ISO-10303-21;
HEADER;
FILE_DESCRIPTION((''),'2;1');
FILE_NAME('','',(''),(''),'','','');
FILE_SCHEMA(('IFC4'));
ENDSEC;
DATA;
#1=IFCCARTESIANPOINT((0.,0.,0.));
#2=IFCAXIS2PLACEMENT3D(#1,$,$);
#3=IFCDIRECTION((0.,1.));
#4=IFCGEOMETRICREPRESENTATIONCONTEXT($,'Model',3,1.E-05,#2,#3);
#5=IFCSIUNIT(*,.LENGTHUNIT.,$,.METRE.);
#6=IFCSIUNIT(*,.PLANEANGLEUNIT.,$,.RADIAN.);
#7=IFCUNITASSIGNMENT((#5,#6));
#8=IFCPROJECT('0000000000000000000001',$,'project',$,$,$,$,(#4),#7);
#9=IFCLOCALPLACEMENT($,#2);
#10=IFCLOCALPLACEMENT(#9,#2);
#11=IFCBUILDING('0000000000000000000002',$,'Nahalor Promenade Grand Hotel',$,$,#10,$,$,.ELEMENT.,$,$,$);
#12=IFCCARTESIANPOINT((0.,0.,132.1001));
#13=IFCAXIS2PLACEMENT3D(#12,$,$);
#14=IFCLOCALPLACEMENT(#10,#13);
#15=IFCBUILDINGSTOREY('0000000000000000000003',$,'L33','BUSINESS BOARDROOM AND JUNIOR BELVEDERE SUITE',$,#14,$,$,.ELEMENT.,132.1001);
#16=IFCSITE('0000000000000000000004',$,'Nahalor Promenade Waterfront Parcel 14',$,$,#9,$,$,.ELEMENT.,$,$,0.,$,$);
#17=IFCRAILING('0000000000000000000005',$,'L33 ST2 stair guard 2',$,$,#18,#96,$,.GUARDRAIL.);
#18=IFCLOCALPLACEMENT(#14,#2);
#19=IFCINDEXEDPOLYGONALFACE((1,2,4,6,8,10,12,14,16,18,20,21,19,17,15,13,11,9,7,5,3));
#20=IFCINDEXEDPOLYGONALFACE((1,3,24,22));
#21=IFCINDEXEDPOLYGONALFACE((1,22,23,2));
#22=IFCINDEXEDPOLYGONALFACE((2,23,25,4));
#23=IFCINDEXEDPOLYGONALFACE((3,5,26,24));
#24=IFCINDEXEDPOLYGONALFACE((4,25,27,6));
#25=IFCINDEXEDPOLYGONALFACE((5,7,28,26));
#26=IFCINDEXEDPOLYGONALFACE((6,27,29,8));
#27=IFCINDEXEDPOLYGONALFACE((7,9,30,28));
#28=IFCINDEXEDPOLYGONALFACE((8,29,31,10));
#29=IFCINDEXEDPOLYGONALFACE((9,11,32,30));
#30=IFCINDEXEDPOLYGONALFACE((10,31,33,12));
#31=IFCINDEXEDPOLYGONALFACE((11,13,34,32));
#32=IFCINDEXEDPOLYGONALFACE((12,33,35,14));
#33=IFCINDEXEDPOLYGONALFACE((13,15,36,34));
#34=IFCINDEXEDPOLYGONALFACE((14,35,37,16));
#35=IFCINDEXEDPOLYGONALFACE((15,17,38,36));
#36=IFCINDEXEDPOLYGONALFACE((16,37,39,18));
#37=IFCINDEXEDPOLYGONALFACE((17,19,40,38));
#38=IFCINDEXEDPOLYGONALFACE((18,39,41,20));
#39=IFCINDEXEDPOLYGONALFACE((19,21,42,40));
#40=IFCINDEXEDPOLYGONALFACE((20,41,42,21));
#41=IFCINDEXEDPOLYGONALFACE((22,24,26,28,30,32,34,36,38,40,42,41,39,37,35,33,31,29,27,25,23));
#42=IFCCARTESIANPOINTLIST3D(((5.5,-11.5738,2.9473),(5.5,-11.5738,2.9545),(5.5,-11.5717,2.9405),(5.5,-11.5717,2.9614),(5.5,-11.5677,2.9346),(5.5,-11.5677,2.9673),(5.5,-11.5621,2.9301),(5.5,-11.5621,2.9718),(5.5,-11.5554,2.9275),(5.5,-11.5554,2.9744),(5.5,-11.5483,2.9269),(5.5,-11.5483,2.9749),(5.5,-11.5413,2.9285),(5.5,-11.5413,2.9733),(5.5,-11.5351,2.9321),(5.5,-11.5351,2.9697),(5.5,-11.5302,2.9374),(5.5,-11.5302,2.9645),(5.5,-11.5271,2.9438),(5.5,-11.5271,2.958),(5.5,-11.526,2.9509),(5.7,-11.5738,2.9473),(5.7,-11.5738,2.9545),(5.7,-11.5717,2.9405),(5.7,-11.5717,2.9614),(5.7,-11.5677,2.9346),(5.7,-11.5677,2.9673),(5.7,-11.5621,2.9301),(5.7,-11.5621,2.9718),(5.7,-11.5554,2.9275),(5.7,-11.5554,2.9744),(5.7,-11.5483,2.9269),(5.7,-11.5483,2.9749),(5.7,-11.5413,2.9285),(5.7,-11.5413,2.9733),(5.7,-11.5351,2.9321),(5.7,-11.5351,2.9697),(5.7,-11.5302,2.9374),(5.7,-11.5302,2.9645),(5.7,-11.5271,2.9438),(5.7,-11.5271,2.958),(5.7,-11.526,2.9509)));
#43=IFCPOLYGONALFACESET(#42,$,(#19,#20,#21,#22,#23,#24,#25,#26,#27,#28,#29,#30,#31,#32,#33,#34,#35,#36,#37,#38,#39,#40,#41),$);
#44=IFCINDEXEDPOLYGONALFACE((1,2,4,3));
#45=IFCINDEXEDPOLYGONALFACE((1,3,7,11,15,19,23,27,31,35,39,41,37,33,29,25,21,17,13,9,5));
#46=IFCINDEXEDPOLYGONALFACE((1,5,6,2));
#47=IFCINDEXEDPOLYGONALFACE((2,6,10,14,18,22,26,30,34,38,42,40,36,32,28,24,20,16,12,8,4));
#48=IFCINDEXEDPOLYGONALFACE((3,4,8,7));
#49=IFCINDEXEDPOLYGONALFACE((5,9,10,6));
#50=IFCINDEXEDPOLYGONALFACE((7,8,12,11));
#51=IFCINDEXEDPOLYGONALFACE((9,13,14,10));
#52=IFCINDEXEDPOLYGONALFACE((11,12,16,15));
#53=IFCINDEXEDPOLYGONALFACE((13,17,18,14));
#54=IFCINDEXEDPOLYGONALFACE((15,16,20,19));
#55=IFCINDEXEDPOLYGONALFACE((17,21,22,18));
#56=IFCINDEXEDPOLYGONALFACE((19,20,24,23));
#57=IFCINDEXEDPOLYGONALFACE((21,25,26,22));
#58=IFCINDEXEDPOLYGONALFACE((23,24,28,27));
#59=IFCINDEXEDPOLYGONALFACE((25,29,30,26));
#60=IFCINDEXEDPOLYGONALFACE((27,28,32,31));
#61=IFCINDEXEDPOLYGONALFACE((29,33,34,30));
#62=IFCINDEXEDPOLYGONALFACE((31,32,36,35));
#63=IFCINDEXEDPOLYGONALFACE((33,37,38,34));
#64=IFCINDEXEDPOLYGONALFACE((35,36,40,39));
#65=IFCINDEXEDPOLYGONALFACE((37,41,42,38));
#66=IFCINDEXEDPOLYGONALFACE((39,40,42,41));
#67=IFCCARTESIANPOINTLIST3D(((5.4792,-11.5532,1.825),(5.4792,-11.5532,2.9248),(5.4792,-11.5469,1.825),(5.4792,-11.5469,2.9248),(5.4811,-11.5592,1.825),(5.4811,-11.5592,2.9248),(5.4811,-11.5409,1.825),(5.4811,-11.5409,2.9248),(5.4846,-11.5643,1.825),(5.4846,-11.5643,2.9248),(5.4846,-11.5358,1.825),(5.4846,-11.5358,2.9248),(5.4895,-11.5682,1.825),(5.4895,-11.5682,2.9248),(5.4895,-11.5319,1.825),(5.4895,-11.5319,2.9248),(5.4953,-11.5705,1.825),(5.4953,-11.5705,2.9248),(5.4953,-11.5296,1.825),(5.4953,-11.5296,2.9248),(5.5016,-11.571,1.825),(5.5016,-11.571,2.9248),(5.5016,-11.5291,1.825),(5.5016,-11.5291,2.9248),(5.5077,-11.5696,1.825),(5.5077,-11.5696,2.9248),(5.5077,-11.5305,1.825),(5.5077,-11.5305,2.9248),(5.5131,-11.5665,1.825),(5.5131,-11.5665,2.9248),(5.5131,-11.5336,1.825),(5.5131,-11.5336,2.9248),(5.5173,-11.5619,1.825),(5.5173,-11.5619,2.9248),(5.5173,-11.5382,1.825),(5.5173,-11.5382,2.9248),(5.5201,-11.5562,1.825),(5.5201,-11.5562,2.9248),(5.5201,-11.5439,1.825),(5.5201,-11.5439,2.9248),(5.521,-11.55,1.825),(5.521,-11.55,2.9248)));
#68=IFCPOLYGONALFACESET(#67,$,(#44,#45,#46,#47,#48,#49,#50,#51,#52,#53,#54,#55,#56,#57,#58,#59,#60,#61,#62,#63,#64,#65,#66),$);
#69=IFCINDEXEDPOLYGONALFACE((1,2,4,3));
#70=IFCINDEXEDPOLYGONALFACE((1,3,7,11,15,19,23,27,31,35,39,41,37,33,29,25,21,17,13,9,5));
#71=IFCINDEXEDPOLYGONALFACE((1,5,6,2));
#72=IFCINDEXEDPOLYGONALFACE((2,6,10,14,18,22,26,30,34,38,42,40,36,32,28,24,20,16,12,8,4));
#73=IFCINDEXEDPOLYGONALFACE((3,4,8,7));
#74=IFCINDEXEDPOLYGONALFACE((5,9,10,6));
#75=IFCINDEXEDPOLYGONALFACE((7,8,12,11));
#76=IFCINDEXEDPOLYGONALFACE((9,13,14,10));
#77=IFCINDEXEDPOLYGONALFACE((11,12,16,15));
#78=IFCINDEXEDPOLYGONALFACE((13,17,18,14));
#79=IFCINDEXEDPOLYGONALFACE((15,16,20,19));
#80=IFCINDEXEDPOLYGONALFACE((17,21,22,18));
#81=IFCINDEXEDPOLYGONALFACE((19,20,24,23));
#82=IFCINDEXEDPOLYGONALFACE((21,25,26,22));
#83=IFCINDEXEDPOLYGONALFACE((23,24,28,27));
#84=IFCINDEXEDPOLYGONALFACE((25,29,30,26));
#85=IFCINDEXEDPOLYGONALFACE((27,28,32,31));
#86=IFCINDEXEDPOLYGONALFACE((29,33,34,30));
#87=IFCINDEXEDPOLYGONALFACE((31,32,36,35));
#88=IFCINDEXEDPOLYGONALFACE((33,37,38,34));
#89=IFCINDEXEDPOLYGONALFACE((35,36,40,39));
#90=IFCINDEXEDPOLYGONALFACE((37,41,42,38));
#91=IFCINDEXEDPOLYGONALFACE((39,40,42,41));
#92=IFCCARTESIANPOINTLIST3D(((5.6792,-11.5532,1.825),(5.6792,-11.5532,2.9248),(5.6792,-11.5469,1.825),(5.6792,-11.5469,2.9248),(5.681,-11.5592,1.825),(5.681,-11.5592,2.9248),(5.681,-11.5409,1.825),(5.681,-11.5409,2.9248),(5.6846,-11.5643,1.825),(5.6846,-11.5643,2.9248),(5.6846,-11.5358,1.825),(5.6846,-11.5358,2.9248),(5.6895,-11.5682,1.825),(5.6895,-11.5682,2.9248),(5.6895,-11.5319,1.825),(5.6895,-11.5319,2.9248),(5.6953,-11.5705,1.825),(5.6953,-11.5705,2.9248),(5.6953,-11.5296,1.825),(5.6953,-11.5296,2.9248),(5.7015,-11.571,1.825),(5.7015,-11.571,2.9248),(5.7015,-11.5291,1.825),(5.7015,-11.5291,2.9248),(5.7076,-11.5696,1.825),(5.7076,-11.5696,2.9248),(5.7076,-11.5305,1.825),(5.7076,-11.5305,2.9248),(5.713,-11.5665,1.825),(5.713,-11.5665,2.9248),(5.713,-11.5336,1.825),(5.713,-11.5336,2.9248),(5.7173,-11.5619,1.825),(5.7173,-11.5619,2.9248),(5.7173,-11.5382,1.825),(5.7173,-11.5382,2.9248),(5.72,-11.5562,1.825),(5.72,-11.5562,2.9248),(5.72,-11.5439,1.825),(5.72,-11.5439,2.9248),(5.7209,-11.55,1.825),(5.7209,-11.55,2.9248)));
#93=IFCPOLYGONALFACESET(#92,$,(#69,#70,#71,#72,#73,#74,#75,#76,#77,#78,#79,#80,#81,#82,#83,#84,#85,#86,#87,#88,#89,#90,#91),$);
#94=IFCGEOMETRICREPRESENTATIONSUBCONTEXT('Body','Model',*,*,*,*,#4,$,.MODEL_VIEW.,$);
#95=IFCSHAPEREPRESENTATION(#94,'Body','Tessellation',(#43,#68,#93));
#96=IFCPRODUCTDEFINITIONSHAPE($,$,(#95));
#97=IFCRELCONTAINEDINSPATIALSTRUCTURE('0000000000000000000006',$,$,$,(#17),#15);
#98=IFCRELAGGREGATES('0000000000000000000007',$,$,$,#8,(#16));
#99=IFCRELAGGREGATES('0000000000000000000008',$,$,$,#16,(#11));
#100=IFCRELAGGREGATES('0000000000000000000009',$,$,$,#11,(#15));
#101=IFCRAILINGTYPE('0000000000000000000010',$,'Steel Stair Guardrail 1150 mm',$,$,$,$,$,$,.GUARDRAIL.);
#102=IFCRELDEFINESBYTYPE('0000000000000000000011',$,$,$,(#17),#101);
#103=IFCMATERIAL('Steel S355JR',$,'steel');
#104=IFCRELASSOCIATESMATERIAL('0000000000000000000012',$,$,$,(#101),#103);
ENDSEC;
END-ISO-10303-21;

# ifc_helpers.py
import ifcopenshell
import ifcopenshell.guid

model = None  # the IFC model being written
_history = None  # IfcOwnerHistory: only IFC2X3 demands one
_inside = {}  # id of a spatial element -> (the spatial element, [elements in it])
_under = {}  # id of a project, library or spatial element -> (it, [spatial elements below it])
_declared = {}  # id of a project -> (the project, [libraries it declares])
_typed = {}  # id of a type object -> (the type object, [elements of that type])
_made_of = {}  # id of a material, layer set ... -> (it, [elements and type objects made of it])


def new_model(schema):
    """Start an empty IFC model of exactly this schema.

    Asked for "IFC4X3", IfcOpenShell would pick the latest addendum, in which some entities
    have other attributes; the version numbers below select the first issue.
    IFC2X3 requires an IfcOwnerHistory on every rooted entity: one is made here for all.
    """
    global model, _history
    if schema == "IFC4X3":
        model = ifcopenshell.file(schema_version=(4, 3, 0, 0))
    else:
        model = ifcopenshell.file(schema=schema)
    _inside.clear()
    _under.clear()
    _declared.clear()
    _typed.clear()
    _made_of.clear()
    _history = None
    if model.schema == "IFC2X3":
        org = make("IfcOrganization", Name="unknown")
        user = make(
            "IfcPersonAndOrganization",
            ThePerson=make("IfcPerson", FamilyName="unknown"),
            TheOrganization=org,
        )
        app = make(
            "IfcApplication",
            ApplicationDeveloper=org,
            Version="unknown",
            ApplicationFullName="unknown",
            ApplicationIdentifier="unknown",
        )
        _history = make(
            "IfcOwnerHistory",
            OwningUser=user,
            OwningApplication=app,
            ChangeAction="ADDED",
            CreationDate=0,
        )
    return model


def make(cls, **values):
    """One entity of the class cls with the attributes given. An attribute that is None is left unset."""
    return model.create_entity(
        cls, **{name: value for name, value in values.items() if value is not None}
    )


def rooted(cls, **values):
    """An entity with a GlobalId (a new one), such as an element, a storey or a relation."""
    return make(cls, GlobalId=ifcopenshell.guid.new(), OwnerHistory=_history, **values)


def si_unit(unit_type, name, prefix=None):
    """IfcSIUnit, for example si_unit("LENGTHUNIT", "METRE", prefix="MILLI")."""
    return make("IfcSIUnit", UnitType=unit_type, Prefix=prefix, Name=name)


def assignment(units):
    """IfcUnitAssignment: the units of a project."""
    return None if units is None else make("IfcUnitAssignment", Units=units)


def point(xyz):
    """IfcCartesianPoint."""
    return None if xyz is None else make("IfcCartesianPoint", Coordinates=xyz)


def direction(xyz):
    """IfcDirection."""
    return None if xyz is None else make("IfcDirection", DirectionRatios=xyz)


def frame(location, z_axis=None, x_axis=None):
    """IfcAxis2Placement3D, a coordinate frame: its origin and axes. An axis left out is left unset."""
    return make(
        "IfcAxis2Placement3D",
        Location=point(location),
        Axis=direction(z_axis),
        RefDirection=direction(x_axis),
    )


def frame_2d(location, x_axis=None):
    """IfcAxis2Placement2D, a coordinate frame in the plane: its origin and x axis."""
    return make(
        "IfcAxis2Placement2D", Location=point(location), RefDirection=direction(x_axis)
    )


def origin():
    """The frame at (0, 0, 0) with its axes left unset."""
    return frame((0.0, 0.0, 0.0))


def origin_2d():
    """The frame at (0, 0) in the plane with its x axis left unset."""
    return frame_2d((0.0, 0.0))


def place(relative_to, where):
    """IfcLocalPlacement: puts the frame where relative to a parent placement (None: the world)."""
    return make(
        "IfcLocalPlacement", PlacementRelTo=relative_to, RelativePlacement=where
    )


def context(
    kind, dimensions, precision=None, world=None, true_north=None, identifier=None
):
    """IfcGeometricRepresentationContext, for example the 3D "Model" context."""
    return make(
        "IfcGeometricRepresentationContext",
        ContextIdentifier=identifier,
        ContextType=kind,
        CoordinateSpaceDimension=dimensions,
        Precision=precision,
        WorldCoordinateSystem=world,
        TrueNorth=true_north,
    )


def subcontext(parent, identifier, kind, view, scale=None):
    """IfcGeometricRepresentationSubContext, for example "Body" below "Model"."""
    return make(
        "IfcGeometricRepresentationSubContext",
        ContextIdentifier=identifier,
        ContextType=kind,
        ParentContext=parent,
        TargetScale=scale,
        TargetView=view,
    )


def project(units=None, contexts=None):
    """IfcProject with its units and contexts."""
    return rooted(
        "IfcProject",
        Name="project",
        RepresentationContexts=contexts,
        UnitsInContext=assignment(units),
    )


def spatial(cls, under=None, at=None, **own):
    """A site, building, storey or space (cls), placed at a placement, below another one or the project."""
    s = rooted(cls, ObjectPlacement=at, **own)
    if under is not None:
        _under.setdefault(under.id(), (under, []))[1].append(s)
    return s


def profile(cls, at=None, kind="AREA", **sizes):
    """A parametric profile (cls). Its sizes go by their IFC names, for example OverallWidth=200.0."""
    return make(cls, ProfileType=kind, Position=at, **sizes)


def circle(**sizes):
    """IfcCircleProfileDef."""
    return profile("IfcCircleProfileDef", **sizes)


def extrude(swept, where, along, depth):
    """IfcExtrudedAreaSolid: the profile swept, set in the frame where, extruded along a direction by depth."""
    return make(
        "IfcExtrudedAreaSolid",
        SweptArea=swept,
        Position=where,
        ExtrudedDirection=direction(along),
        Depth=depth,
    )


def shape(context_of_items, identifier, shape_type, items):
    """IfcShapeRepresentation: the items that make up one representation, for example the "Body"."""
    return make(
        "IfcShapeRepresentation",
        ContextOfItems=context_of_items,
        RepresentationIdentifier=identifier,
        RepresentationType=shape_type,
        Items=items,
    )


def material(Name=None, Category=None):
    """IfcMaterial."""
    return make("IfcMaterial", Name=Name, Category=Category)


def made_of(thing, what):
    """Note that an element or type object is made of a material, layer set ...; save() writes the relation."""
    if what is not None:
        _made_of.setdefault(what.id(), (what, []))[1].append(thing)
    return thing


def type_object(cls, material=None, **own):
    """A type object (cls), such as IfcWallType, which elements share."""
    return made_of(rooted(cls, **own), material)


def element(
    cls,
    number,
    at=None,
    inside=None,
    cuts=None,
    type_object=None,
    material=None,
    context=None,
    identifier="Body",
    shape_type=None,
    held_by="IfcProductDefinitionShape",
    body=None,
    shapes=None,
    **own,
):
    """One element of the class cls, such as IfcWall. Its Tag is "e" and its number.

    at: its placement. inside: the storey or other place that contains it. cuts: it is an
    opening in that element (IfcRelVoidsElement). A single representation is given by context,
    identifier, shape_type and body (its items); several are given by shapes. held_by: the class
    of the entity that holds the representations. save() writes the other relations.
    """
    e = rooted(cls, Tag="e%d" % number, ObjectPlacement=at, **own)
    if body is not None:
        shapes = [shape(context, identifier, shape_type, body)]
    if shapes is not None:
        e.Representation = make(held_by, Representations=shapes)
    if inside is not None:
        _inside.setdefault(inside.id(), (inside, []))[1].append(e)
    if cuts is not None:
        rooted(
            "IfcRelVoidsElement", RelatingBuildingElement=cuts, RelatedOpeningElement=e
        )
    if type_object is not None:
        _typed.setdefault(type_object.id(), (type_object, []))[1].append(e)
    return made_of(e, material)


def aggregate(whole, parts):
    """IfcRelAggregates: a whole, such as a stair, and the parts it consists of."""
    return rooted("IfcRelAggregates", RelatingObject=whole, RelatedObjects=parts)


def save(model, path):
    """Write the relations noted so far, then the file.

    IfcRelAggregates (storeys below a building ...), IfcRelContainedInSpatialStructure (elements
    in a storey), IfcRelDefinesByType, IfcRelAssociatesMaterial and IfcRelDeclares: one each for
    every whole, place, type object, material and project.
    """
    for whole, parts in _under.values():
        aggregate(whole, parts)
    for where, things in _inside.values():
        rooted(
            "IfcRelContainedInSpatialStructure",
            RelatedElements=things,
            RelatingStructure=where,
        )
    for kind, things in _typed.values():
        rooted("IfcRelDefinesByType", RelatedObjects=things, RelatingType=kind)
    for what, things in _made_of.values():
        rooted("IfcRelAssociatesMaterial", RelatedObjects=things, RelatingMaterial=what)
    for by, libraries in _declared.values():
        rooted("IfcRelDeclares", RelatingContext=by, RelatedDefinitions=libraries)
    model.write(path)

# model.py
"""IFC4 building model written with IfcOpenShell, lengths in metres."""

from ifc_helpers import new_model, si_unit, direction, frame, origin, origin_2d, place, context, subcontext, project, spatial, circle, extrude, material, type_object, element, save


model = new_model("IFC4")

# Units and contexts
model_context = context("Model", 3, precision=1e-05, world=origin(), true_north=direction((0.0, 1.0)))
body_context = subcontext(model_context, "Body", "Model", "MODEL_VIEW")
ifc_project = project(units=[si_unit("LENGTHUNIT", "METRE"), si_unit("PLANEANGLEUNIT", "RADIAN")], contexts=[model_context])

# Site, building, storey
site_placement = place(None, origin())
site = spatial("IfcSite", under=ifc_project, at=site_placement, Name="Nahalor Promenade Waterfront Parcel 14", CompositionType="ELEMENT", RefElevation=0.0)
building_placement = place(site_placement, origin())
building = spatial("IfcBuilding", under=site, at=building_placement, Name="Nahalor Promenade Grand Hotel", CompositionType="ELEMENT")
storey_placement = place(building_placement, frame((0.0, 0.0, 132.1001)))
storey = spatial("IfcBuildingStorey", under=building, at=storey_placement, Name="L33", Description="BUSINESS BOARDROOM AND JUNIOR BELVEDERE SUITE", CompositionType="ELEMENT", Elevation=132.1001)

# Shared definitions
ifc_material_1 = material(Name="Steel S355JR", Category="steel")

# Railing
railing_type_1 = type_object("IfcRailingType", Name="Steel Stair Guardrail 1150 mm", PredefinedType="GUARDRAIL", material=ifc_material_1)
railing_1_placement = place(storey_placement, frame((5.5, -11.55, 1.825)))
element("IfcRailing", 1, at=railing_1_placement, inside=storey, type_object=railing_type_1, Name="L33 ST2 stair guard 2", PredefinedType="GUARDRAIL", context=body_context, shape_type="SweptSolid", body=[
    extrude(circle(Radius=0.024, at=origin_2d()), frame((0.0, 0.0, 1.126), z_axis=(1.0, 0.0, 0.0), x_axis=(0.0, 1.0, 0.0)), (0.0, 0.0, 1.0), 0.2),
    extrude(circle(Radius=0.021, at=origin_2d()), origin(), (0.0, 0.0, 1.0), 1.0999),
    extrude(circle(Radius=0.021, at=origin_2d()), frame((0.2, 0.0, 0.0)), (0.0, 0.0, 1.0), 1.0999),
])

save(model, "model.ifc")
